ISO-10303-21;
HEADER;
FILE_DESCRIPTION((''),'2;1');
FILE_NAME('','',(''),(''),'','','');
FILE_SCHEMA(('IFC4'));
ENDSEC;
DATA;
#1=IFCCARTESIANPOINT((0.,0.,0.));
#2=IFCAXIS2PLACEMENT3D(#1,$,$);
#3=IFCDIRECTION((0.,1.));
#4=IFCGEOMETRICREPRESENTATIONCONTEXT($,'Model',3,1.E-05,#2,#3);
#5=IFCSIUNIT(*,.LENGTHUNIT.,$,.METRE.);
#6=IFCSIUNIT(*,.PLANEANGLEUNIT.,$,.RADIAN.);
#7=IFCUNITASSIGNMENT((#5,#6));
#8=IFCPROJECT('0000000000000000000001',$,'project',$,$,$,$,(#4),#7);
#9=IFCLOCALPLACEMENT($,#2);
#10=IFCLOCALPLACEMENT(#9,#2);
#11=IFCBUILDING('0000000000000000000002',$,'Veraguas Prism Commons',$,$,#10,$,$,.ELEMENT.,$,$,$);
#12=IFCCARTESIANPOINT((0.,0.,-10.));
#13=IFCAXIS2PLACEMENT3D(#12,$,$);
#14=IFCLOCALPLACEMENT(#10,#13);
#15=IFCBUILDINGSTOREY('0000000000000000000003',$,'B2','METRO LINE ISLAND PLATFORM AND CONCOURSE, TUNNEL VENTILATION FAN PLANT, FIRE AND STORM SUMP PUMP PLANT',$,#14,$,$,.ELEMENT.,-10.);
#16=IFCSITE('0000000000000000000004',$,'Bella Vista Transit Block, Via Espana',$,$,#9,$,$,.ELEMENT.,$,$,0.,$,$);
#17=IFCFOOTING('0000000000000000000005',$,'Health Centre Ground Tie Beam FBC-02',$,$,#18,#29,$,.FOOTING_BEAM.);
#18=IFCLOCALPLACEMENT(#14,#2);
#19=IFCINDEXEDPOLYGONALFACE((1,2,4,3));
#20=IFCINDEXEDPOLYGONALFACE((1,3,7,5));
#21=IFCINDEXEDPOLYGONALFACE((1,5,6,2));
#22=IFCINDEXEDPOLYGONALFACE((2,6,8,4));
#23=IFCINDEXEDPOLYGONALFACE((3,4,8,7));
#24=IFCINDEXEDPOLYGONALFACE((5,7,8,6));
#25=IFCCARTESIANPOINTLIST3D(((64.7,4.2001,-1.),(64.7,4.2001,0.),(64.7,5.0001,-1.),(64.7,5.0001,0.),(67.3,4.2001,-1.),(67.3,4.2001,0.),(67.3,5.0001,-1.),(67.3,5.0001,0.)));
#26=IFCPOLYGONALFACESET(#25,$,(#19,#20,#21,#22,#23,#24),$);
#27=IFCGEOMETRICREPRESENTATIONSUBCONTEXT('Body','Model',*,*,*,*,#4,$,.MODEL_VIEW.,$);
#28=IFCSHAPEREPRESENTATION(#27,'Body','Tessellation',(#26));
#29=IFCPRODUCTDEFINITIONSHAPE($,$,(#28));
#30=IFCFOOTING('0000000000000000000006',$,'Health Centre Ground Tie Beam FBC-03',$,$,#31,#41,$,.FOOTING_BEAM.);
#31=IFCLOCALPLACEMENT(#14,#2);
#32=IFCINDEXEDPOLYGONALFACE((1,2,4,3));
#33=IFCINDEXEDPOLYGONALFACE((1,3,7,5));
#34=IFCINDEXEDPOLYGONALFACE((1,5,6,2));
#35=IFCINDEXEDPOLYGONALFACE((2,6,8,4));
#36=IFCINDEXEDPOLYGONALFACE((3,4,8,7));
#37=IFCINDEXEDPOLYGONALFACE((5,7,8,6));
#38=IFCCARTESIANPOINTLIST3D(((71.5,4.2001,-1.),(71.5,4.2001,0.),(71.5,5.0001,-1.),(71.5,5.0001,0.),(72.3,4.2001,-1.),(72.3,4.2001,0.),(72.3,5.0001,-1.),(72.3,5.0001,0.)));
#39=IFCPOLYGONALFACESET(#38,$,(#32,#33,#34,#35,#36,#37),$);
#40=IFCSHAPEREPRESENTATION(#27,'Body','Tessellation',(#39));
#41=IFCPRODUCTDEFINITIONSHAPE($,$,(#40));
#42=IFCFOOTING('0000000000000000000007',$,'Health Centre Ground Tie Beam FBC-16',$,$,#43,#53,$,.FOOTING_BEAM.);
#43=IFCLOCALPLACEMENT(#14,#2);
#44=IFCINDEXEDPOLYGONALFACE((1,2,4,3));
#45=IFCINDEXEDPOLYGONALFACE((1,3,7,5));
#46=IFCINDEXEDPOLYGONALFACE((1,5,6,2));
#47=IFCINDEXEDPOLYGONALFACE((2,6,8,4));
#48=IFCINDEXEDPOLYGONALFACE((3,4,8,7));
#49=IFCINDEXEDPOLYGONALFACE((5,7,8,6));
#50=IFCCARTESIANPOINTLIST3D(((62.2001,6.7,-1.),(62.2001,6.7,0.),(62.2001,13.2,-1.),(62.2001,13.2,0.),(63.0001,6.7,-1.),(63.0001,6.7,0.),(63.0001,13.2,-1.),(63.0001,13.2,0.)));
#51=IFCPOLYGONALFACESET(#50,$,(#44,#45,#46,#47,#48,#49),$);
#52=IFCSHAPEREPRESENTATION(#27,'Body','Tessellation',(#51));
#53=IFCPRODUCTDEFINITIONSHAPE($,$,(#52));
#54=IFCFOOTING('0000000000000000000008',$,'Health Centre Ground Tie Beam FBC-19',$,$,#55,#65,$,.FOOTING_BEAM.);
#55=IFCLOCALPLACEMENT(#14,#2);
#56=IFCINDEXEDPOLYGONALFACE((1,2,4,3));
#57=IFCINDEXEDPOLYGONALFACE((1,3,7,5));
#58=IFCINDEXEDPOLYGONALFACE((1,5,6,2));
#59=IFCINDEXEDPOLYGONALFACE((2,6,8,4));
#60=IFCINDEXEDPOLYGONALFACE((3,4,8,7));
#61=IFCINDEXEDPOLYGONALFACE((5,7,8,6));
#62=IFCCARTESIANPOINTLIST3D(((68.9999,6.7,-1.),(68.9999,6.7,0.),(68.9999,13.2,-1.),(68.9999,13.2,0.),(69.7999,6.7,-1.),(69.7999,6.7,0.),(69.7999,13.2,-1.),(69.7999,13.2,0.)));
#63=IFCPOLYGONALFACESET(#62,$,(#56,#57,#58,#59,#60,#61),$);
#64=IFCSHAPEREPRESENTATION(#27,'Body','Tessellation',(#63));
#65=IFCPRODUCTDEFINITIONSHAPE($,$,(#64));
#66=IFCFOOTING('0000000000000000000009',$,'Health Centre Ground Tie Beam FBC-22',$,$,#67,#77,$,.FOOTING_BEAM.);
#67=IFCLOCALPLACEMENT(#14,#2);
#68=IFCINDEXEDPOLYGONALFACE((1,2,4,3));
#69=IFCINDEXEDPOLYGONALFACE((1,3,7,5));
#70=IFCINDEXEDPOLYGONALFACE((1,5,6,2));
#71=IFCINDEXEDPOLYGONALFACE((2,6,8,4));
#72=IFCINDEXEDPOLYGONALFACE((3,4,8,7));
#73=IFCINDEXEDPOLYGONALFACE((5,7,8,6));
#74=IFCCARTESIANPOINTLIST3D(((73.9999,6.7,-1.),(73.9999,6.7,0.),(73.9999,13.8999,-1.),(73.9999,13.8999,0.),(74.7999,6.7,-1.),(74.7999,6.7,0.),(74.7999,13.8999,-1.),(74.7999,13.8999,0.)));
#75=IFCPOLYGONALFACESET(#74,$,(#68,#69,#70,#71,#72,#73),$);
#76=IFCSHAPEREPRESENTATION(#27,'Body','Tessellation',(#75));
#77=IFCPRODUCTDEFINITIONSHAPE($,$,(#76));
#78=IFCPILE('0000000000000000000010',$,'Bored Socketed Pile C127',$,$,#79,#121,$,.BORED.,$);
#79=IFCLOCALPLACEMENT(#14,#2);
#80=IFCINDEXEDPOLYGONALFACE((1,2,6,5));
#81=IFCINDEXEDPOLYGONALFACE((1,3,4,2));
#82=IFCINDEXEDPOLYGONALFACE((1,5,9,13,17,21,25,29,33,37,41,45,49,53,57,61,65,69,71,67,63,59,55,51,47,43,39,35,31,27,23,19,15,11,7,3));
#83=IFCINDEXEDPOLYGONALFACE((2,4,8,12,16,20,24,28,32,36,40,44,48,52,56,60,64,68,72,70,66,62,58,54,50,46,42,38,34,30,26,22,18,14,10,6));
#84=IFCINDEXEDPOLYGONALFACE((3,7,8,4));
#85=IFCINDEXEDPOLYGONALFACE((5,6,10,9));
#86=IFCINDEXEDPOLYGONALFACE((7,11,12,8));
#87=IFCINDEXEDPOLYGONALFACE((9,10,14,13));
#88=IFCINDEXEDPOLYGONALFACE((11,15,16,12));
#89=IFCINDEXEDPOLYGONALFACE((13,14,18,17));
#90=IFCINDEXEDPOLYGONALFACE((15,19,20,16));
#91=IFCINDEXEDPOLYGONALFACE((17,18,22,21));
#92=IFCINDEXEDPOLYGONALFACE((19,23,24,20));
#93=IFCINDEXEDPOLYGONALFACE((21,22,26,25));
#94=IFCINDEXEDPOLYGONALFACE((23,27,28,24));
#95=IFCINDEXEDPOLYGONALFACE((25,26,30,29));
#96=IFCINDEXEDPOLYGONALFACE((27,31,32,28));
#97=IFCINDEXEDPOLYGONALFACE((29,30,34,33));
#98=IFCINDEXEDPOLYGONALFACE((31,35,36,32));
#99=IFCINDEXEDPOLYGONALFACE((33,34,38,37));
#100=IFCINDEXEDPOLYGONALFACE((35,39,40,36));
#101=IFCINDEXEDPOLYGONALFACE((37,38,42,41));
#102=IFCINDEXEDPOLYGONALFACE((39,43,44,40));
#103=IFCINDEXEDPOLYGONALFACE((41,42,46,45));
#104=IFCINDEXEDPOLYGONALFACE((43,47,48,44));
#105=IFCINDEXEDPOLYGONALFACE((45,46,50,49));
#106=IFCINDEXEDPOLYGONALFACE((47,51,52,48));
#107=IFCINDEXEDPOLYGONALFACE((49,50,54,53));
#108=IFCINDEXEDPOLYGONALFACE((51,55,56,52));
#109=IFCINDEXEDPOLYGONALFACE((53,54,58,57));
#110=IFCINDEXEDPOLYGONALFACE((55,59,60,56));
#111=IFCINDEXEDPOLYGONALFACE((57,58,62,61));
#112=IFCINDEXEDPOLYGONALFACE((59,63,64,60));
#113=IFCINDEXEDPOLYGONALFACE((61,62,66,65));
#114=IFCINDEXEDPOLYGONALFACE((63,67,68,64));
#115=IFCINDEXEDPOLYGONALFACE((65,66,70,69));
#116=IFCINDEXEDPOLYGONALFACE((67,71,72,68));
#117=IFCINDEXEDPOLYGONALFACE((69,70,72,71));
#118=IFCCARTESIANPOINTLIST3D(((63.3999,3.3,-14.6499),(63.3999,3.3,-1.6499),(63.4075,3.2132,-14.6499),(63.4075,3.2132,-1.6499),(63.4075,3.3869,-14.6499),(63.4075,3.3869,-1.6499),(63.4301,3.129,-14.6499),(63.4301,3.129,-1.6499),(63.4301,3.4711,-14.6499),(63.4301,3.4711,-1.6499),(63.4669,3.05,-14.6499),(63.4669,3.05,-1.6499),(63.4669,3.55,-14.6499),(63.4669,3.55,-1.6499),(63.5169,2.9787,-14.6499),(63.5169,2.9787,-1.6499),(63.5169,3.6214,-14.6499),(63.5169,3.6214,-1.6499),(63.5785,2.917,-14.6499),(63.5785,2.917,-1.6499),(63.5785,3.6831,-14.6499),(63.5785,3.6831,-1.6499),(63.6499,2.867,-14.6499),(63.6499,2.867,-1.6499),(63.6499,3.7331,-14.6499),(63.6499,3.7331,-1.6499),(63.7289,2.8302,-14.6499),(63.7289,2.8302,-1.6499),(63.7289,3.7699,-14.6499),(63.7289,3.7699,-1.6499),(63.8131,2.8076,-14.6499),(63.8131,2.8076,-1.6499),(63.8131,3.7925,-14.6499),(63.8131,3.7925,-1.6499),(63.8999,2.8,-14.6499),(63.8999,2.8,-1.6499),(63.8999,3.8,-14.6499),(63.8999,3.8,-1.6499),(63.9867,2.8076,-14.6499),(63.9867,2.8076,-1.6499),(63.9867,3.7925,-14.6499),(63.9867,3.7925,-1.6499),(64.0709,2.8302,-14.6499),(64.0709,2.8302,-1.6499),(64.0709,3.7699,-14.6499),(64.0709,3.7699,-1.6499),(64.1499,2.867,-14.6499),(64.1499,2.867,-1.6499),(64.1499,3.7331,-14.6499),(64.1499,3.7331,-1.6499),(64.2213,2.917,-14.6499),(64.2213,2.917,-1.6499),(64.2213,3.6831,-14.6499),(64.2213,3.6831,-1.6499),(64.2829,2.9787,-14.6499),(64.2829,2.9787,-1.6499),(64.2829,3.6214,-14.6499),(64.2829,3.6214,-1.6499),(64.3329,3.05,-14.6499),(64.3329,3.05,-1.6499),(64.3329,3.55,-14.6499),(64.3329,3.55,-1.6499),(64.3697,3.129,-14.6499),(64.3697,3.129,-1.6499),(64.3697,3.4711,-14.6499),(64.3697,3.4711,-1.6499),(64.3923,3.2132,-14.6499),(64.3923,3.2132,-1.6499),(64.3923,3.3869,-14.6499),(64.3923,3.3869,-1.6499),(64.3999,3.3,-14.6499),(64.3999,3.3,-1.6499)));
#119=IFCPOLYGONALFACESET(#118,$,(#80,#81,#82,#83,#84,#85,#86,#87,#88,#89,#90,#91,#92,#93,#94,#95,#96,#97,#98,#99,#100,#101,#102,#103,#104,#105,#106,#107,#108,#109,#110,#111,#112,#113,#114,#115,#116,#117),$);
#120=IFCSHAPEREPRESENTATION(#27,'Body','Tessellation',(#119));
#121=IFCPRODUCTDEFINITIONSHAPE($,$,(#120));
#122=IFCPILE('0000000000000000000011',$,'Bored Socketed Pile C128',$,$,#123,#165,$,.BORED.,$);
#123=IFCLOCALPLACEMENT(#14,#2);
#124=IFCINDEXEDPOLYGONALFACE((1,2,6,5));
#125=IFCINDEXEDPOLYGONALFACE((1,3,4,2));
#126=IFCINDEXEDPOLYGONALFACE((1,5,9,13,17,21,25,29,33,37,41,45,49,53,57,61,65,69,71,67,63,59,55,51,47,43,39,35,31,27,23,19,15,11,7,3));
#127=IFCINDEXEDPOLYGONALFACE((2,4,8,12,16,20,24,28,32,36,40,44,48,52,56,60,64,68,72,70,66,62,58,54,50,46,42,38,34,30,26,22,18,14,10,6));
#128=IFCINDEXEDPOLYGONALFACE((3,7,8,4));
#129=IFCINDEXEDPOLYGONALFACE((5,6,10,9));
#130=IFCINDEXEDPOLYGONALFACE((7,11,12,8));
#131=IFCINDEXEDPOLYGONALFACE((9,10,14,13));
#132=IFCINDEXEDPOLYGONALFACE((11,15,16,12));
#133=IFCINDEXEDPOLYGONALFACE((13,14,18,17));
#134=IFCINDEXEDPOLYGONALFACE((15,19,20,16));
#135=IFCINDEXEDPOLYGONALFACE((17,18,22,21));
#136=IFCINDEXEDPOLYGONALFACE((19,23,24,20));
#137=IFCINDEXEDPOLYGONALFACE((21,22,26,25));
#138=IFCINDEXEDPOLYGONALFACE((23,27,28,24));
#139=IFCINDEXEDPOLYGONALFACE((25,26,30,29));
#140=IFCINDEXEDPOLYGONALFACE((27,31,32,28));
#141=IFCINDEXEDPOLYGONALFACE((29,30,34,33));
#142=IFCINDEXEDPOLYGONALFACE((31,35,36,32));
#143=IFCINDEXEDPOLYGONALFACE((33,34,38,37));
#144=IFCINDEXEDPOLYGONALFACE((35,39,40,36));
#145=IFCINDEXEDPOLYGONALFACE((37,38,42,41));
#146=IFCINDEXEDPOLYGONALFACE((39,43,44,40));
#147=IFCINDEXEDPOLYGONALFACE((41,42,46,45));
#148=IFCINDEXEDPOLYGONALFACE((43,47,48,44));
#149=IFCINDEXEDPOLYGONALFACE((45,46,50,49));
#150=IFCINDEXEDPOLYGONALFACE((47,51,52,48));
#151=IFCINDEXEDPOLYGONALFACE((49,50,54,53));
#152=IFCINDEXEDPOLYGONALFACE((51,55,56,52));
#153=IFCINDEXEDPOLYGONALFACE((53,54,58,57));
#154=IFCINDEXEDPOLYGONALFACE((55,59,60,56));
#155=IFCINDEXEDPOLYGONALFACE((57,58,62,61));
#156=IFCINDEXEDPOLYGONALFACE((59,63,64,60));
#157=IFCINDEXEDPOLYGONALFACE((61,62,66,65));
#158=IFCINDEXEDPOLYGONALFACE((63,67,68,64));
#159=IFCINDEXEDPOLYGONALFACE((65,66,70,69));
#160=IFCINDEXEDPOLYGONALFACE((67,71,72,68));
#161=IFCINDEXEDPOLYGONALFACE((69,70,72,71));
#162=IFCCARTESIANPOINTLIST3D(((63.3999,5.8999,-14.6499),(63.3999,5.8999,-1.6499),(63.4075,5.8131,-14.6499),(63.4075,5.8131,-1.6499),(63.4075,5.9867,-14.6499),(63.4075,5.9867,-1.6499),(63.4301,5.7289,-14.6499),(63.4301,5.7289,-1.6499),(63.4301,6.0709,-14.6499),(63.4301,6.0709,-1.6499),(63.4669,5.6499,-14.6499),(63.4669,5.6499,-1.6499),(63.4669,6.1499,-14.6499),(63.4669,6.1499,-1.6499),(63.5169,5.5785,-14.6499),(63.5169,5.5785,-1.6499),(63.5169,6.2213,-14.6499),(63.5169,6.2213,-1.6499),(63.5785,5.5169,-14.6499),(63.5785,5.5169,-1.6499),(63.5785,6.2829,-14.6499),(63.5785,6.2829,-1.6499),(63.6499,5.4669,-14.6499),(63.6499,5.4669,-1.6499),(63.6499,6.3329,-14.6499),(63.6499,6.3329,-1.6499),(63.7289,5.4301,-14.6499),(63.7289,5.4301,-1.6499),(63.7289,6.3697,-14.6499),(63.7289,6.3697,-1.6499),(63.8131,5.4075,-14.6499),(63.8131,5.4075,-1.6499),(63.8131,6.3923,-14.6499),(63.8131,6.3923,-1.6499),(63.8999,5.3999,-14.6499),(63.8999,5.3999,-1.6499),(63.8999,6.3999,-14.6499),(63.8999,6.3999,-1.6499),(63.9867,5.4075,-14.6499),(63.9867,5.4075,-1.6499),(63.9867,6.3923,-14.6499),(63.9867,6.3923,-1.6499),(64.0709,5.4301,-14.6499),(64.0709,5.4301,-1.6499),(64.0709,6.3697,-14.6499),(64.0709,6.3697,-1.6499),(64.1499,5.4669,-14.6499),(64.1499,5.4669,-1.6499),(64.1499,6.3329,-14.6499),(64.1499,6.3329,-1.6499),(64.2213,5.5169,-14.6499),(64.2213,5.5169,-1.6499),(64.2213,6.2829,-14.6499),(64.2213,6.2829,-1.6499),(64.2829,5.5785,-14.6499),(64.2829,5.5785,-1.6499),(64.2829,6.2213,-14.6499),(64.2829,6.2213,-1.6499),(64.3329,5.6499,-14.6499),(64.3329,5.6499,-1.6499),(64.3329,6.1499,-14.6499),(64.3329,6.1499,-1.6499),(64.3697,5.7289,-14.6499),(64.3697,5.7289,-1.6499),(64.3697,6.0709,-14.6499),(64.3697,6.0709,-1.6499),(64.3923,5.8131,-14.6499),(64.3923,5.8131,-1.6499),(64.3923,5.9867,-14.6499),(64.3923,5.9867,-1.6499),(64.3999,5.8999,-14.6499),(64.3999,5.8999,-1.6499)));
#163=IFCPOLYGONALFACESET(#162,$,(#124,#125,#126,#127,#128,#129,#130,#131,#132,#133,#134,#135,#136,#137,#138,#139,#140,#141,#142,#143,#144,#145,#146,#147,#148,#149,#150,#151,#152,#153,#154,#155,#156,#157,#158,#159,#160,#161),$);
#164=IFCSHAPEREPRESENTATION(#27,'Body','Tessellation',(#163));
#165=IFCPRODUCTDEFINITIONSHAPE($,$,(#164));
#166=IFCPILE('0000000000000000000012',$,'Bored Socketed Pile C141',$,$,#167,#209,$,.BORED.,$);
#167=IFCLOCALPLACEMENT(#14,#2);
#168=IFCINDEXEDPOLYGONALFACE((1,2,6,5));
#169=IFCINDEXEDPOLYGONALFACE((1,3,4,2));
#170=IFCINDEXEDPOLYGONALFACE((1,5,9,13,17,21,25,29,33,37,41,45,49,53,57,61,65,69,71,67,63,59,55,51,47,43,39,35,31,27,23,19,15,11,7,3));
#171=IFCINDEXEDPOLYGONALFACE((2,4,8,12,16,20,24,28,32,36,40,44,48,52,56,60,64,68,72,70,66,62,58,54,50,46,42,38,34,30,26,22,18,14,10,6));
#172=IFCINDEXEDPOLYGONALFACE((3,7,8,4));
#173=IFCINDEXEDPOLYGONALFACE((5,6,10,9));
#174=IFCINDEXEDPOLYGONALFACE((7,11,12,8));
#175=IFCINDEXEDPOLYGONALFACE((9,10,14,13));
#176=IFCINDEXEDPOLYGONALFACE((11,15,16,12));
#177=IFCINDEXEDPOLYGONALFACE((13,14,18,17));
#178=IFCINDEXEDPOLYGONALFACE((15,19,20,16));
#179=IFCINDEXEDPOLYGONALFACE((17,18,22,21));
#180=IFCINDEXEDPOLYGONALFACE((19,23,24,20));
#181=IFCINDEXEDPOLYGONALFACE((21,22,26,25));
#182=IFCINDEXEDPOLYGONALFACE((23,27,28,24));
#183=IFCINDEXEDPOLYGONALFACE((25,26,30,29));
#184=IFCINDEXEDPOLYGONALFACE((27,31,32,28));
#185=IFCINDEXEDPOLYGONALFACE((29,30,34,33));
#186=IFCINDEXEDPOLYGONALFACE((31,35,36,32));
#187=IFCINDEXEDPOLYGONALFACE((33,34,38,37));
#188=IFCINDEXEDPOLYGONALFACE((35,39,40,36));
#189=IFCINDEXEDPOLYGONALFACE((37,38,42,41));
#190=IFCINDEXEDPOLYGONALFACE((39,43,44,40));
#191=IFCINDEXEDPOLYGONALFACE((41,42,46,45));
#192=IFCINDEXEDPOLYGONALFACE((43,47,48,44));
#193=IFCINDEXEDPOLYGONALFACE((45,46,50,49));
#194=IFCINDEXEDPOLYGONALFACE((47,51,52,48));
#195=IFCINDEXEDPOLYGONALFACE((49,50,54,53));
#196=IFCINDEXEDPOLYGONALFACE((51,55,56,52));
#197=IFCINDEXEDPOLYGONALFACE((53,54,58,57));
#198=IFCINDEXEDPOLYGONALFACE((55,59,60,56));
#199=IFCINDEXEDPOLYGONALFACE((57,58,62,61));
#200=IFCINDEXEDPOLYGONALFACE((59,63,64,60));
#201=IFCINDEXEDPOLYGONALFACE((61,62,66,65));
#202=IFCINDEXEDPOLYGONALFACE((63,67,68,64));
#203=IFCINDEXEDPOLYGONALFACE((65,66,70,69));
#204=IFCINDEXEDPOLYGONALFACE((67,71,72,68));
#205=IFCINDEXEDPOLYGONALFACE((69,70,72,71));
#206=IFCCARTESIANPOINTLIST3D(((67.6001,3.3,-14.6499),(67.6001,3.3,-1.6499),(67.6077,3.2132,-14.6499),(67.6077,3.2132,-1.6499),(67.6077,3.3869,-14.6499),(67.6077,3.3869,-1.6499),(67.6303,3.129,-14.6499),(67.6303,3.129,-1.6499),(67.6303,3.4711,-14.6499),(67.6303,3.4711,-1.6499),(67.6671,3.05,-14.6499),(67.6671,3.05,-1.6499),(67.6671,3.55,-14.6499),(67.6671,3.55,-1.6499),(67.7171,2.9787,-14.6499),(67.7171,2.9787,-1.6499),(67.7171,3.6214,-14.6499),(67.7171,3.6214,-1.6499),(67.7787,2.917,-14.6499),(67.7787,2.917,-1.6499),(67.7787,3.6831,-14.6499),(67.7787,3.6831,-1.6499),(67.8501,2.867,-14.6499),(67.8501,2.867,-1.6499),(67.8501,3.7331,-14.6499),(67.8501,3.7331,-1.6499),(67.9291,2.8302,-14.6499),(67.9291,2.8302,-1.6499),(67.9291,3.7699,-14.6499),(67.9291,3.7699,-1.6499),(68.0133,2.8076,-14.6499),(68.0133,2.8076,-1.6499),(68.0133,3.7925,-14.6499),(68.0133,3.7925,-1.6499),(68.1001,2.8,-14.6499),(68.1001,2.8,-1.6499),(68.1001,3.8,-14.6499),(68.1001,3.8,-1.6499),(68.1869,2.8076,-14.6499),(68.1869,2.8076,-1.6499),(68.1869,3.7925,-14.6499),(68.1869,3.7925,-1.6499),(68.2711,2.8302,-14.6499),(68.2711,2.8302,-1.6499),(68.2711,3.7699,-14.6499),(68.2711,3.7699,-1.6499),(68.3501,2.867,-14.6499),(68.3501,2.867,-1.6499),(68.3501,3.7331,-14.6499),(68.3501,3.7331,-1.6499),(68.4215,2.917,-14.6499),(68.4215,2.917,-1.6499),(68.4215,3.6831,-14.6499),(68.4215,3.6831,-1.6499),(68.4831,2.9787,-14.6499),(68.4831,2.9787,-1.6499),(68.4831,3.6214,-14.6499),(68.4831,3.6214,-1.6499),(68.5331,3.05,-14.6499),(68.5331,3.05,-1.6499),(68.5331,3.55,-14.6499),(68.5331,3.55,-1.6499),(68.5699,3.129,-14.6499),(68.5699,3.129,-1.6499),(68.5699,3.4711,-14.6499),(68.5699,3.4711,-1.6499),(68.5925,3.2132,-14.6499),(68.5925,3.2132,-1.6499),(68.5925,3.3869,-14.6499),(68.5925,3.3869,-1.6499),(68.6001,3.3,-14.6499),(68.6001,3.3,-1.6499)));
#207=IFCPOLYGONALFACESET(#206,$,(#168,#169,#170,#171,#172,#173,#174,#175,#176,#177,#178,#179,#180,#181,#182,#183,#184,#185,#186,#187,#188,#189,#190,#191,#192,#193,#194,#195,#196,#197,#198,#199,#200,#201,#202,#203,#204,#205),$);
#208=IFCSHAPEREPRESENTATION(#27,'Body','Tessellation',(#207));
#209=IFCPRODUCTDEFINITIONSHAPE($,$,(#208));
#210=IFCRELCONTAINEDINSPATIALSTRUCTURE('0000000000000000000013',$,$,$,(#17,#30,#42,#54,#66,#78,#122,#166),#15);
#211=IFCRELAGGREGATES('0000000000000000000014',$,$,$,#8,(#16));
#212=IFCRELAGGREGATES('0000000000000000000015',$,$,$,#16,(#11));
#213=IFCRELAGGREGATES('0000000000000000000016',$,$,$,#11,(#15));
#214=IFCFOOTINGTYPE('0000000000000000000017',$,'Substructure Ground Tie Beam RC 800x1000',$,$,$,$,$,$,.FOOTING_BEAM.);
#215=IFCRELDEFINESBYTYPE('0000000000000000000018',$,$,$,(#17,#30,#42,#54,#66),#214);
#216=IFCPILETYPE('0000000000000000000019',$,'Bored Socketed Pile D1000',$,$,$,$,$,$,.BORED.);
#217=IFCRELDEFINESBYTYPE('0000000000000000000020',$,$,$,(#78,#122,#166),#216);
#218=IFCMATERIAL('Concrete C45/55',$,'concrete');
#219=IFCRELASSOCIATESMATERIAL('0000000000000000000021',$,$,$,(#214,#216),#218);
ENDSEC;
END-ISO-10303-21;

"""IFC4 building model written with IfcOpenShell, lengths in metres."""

from ifc_helpers import new_model, si_unit, direction, frame, origin, origin_2d, place, context, subcontext, project, spatial, rectangle, circle, extrude, source, transform, mapped, material, material_profile, profile_set, type_object, element, save


model = new_model("IFC4")

# Units and contexts
model_context = context("Model", 3, precision=1e-05, world=origin(), true_north=direction((0.0, 1.0)))
body_context = subcontext(model_context, "Body", "Model", "MODEL_VIEW")
ifc_project = project(units=[si_unit("LENGTHUNIT", "METRE"), si_unit("PLANEANGLEUNIT", "RADIAN")], contexts=[model_context])

# Site, building, storey
site_placement = place(None, origin())
site = spatial("IfcSite", under=ifc_project, at=site_placement, Name="Bella Vista Transit Block, Via Espana", CompositionType="ELEMENT", RefElevation=0.0)
building_placement = place(site_placement, origin())
building = spatial("IfcBuilding", under=site, at=building_placement, Name="Veraguas Prism Commons", CompositionType="ELEMENT")
storey_placement = place(building_placement, frame((0.0, 0.0, -10.0)))
storey = spatial("IfcBuildingStorey", under=building, at=storey_placement, Name="B2", Description="METRO LINE ISLAND PLATFORM AND CONCOURSE, TUNNEL VENTILATION FAN PLANT, FIRE AND STORM SUMP PUMP PLANT", CompositionType="ELEMENT", Elevation=-10.0)

# Footings
ifc_material_1 = material(Name="Concrete C45/55", Category="concrete")
ifc_material_profile_1 = material_profile(ifc_material_1, rectangle(XDim=0.8, YDim=1.0, at=origin_2d()), Name="RC800X1000")
ifc_profile_set_1 = profile_set([ifc_material_profile_1], Name="Concrete C45/55")
footing_type_1 = type_object("IfcFootingType", Name="Substructure Ground Tie Beam RC 800x1000", PredefinedType="FOOTING_BEAM", material=ifc_profile_set_1)
footing_1_placement = place(storey_placement, frame((64.7, 4.6001, -0.5), z_axis=(1.0, 0.0, 0.0), x_axis=(0.0, 1.0, 0.0)))
element("IfcFooting", 1, at=footing_1_placement, inside=storey, type_object=footing_type_1, Name="Health Centre Ground Tie Beam FBC-02", PredefinedType="FOOTING_BEAM", context=body_context, shape_type="SweptSolid", body=[
    extrude(rectangle(XDim=0.8, YDim=1.0, at=origin_2d()), origin(), (0.0, 0.0, 1.0), 2.6001),
])
footing_2_placement = place(storey_placement, frame((71.5, 4.6001, -0.5), z_axis=(1.0, 0.0, 0.0), x_axis=(0.0, 1.0, 0.0)))
element("IfcFooting", 2, at=footing_2_placement, inside=storey, type_object=footing_type_1, Name="Health Centre Ground Tie Beam FBC-03", PredefinedType="FOOTING_BEAM", context=body_context, shape_type="SweptSolid", body=[
    extrude(rectangle(XDim=0.8, YDim=1.0, at=origin_2d()), origin(), (0.0, 0.0, 1.0), 0.8),
])
for number, where, z_axis, x_axis, name in (
    (3, (62.6001, 6.7, -0.5), (0.0, 1.0, 0.0), (-1.0, 0.0, 0.0), "Health Centre Ground Tie Beam FBC-16"),
    (4, (69.3999, 6.7, -0.5), (0.0, 1.0, 0.0), (-1.0, 0.0, 0.0), "Health Centre Ground Tie Beam FBC-19"),
):
    element("IfcFooting", number, at=place(storey_placement, frame(where, z_axis=z_axis, x_axis=x_axis)), inside=storey, type_object=footing_type_1, Name=name, PredefinedType="FOOTING_BEAM", context=body_context, shape_type="SweptSolid", body=[
        extrude(rectangle(XDim=0.8, YDim=1.0, at=origin_2d()), origin(), (0.0, 0.0, 1.0), 6.5),
    ])
footing_3_placement = place(storey_placement, frame((74.3999, 6.7, -0.5), z_axis=(0.0, 1.0, 0.0), x_axis=(-1.0, 0.0, 0.0)))
element("IfcFooting", 5, at=footing_3_placement, inside=storey, type_object=footing_type_1, Name="Health Centre Ground Tie Beam FBC-22", PredefinedType="FOOTING_BEAM", context=body_context, shape_type="SweptSolid", body=[
    extrude(rectangle(XDim=0.8, YDim=1.0, at=origin_2d()), origin(), (0.0, 0.0, 1.0), 7.2),
])

# Piles
ifc_material_profile_2 = material_profile(ifc_material_1, circle(Radius=0.5, at=origin_2d()), Name="PILE1000")
ifc_profile_set_2 = profile_set([ifc_material_profile_2], Name="Concrete C45/55")
pile_type = type_object("IfcPileType", Name="Bored Socketed Pile D1000", PredefinedType="BORED", material=ifc_profile_set_2)
shared_shape_1 = source(origin(), body_context, "Body", "SweptSolid", [
    extrude(circle(Radius=0.5, at=origin_2d()), origin(), (0.0, 0.0, 1.0), 13.0),
])
for number, where, z_axis, x_axis, name in (
    (6, (63.8999, 3.3, -1.6499), (0.0, 0.0, -1.0), (1.0, 0.0, 0.0), "Bored Socketed Pile C127"),
    (7, (63.8999, 5.8999, -1.6499), (0.0, 0.0, -1.0), (1.0, 0.0, 0.0), "Bored Socketed Pile C128"),
    (8, (68.1001, 3.3, -1.6499), (0.0, 0.0, -1.0), (1.0, 0.0, 0.0), "Bored Socketed Pile C141"),
):
    element("IfcPile", number, at=place(storey_placement, frame(where, z_axis=z_axis, x_axis=x_axis)), inside=storey, type_object=pile_type, Name=name, PredefinedType="BORED", context=body_context, shape_type="MappedRepresentation", body=[
        mapped(shared_shape_1, transform((0.0, 0.0, 0.0), scale=1.0)),
    ])

save(model, "model.ifc")
